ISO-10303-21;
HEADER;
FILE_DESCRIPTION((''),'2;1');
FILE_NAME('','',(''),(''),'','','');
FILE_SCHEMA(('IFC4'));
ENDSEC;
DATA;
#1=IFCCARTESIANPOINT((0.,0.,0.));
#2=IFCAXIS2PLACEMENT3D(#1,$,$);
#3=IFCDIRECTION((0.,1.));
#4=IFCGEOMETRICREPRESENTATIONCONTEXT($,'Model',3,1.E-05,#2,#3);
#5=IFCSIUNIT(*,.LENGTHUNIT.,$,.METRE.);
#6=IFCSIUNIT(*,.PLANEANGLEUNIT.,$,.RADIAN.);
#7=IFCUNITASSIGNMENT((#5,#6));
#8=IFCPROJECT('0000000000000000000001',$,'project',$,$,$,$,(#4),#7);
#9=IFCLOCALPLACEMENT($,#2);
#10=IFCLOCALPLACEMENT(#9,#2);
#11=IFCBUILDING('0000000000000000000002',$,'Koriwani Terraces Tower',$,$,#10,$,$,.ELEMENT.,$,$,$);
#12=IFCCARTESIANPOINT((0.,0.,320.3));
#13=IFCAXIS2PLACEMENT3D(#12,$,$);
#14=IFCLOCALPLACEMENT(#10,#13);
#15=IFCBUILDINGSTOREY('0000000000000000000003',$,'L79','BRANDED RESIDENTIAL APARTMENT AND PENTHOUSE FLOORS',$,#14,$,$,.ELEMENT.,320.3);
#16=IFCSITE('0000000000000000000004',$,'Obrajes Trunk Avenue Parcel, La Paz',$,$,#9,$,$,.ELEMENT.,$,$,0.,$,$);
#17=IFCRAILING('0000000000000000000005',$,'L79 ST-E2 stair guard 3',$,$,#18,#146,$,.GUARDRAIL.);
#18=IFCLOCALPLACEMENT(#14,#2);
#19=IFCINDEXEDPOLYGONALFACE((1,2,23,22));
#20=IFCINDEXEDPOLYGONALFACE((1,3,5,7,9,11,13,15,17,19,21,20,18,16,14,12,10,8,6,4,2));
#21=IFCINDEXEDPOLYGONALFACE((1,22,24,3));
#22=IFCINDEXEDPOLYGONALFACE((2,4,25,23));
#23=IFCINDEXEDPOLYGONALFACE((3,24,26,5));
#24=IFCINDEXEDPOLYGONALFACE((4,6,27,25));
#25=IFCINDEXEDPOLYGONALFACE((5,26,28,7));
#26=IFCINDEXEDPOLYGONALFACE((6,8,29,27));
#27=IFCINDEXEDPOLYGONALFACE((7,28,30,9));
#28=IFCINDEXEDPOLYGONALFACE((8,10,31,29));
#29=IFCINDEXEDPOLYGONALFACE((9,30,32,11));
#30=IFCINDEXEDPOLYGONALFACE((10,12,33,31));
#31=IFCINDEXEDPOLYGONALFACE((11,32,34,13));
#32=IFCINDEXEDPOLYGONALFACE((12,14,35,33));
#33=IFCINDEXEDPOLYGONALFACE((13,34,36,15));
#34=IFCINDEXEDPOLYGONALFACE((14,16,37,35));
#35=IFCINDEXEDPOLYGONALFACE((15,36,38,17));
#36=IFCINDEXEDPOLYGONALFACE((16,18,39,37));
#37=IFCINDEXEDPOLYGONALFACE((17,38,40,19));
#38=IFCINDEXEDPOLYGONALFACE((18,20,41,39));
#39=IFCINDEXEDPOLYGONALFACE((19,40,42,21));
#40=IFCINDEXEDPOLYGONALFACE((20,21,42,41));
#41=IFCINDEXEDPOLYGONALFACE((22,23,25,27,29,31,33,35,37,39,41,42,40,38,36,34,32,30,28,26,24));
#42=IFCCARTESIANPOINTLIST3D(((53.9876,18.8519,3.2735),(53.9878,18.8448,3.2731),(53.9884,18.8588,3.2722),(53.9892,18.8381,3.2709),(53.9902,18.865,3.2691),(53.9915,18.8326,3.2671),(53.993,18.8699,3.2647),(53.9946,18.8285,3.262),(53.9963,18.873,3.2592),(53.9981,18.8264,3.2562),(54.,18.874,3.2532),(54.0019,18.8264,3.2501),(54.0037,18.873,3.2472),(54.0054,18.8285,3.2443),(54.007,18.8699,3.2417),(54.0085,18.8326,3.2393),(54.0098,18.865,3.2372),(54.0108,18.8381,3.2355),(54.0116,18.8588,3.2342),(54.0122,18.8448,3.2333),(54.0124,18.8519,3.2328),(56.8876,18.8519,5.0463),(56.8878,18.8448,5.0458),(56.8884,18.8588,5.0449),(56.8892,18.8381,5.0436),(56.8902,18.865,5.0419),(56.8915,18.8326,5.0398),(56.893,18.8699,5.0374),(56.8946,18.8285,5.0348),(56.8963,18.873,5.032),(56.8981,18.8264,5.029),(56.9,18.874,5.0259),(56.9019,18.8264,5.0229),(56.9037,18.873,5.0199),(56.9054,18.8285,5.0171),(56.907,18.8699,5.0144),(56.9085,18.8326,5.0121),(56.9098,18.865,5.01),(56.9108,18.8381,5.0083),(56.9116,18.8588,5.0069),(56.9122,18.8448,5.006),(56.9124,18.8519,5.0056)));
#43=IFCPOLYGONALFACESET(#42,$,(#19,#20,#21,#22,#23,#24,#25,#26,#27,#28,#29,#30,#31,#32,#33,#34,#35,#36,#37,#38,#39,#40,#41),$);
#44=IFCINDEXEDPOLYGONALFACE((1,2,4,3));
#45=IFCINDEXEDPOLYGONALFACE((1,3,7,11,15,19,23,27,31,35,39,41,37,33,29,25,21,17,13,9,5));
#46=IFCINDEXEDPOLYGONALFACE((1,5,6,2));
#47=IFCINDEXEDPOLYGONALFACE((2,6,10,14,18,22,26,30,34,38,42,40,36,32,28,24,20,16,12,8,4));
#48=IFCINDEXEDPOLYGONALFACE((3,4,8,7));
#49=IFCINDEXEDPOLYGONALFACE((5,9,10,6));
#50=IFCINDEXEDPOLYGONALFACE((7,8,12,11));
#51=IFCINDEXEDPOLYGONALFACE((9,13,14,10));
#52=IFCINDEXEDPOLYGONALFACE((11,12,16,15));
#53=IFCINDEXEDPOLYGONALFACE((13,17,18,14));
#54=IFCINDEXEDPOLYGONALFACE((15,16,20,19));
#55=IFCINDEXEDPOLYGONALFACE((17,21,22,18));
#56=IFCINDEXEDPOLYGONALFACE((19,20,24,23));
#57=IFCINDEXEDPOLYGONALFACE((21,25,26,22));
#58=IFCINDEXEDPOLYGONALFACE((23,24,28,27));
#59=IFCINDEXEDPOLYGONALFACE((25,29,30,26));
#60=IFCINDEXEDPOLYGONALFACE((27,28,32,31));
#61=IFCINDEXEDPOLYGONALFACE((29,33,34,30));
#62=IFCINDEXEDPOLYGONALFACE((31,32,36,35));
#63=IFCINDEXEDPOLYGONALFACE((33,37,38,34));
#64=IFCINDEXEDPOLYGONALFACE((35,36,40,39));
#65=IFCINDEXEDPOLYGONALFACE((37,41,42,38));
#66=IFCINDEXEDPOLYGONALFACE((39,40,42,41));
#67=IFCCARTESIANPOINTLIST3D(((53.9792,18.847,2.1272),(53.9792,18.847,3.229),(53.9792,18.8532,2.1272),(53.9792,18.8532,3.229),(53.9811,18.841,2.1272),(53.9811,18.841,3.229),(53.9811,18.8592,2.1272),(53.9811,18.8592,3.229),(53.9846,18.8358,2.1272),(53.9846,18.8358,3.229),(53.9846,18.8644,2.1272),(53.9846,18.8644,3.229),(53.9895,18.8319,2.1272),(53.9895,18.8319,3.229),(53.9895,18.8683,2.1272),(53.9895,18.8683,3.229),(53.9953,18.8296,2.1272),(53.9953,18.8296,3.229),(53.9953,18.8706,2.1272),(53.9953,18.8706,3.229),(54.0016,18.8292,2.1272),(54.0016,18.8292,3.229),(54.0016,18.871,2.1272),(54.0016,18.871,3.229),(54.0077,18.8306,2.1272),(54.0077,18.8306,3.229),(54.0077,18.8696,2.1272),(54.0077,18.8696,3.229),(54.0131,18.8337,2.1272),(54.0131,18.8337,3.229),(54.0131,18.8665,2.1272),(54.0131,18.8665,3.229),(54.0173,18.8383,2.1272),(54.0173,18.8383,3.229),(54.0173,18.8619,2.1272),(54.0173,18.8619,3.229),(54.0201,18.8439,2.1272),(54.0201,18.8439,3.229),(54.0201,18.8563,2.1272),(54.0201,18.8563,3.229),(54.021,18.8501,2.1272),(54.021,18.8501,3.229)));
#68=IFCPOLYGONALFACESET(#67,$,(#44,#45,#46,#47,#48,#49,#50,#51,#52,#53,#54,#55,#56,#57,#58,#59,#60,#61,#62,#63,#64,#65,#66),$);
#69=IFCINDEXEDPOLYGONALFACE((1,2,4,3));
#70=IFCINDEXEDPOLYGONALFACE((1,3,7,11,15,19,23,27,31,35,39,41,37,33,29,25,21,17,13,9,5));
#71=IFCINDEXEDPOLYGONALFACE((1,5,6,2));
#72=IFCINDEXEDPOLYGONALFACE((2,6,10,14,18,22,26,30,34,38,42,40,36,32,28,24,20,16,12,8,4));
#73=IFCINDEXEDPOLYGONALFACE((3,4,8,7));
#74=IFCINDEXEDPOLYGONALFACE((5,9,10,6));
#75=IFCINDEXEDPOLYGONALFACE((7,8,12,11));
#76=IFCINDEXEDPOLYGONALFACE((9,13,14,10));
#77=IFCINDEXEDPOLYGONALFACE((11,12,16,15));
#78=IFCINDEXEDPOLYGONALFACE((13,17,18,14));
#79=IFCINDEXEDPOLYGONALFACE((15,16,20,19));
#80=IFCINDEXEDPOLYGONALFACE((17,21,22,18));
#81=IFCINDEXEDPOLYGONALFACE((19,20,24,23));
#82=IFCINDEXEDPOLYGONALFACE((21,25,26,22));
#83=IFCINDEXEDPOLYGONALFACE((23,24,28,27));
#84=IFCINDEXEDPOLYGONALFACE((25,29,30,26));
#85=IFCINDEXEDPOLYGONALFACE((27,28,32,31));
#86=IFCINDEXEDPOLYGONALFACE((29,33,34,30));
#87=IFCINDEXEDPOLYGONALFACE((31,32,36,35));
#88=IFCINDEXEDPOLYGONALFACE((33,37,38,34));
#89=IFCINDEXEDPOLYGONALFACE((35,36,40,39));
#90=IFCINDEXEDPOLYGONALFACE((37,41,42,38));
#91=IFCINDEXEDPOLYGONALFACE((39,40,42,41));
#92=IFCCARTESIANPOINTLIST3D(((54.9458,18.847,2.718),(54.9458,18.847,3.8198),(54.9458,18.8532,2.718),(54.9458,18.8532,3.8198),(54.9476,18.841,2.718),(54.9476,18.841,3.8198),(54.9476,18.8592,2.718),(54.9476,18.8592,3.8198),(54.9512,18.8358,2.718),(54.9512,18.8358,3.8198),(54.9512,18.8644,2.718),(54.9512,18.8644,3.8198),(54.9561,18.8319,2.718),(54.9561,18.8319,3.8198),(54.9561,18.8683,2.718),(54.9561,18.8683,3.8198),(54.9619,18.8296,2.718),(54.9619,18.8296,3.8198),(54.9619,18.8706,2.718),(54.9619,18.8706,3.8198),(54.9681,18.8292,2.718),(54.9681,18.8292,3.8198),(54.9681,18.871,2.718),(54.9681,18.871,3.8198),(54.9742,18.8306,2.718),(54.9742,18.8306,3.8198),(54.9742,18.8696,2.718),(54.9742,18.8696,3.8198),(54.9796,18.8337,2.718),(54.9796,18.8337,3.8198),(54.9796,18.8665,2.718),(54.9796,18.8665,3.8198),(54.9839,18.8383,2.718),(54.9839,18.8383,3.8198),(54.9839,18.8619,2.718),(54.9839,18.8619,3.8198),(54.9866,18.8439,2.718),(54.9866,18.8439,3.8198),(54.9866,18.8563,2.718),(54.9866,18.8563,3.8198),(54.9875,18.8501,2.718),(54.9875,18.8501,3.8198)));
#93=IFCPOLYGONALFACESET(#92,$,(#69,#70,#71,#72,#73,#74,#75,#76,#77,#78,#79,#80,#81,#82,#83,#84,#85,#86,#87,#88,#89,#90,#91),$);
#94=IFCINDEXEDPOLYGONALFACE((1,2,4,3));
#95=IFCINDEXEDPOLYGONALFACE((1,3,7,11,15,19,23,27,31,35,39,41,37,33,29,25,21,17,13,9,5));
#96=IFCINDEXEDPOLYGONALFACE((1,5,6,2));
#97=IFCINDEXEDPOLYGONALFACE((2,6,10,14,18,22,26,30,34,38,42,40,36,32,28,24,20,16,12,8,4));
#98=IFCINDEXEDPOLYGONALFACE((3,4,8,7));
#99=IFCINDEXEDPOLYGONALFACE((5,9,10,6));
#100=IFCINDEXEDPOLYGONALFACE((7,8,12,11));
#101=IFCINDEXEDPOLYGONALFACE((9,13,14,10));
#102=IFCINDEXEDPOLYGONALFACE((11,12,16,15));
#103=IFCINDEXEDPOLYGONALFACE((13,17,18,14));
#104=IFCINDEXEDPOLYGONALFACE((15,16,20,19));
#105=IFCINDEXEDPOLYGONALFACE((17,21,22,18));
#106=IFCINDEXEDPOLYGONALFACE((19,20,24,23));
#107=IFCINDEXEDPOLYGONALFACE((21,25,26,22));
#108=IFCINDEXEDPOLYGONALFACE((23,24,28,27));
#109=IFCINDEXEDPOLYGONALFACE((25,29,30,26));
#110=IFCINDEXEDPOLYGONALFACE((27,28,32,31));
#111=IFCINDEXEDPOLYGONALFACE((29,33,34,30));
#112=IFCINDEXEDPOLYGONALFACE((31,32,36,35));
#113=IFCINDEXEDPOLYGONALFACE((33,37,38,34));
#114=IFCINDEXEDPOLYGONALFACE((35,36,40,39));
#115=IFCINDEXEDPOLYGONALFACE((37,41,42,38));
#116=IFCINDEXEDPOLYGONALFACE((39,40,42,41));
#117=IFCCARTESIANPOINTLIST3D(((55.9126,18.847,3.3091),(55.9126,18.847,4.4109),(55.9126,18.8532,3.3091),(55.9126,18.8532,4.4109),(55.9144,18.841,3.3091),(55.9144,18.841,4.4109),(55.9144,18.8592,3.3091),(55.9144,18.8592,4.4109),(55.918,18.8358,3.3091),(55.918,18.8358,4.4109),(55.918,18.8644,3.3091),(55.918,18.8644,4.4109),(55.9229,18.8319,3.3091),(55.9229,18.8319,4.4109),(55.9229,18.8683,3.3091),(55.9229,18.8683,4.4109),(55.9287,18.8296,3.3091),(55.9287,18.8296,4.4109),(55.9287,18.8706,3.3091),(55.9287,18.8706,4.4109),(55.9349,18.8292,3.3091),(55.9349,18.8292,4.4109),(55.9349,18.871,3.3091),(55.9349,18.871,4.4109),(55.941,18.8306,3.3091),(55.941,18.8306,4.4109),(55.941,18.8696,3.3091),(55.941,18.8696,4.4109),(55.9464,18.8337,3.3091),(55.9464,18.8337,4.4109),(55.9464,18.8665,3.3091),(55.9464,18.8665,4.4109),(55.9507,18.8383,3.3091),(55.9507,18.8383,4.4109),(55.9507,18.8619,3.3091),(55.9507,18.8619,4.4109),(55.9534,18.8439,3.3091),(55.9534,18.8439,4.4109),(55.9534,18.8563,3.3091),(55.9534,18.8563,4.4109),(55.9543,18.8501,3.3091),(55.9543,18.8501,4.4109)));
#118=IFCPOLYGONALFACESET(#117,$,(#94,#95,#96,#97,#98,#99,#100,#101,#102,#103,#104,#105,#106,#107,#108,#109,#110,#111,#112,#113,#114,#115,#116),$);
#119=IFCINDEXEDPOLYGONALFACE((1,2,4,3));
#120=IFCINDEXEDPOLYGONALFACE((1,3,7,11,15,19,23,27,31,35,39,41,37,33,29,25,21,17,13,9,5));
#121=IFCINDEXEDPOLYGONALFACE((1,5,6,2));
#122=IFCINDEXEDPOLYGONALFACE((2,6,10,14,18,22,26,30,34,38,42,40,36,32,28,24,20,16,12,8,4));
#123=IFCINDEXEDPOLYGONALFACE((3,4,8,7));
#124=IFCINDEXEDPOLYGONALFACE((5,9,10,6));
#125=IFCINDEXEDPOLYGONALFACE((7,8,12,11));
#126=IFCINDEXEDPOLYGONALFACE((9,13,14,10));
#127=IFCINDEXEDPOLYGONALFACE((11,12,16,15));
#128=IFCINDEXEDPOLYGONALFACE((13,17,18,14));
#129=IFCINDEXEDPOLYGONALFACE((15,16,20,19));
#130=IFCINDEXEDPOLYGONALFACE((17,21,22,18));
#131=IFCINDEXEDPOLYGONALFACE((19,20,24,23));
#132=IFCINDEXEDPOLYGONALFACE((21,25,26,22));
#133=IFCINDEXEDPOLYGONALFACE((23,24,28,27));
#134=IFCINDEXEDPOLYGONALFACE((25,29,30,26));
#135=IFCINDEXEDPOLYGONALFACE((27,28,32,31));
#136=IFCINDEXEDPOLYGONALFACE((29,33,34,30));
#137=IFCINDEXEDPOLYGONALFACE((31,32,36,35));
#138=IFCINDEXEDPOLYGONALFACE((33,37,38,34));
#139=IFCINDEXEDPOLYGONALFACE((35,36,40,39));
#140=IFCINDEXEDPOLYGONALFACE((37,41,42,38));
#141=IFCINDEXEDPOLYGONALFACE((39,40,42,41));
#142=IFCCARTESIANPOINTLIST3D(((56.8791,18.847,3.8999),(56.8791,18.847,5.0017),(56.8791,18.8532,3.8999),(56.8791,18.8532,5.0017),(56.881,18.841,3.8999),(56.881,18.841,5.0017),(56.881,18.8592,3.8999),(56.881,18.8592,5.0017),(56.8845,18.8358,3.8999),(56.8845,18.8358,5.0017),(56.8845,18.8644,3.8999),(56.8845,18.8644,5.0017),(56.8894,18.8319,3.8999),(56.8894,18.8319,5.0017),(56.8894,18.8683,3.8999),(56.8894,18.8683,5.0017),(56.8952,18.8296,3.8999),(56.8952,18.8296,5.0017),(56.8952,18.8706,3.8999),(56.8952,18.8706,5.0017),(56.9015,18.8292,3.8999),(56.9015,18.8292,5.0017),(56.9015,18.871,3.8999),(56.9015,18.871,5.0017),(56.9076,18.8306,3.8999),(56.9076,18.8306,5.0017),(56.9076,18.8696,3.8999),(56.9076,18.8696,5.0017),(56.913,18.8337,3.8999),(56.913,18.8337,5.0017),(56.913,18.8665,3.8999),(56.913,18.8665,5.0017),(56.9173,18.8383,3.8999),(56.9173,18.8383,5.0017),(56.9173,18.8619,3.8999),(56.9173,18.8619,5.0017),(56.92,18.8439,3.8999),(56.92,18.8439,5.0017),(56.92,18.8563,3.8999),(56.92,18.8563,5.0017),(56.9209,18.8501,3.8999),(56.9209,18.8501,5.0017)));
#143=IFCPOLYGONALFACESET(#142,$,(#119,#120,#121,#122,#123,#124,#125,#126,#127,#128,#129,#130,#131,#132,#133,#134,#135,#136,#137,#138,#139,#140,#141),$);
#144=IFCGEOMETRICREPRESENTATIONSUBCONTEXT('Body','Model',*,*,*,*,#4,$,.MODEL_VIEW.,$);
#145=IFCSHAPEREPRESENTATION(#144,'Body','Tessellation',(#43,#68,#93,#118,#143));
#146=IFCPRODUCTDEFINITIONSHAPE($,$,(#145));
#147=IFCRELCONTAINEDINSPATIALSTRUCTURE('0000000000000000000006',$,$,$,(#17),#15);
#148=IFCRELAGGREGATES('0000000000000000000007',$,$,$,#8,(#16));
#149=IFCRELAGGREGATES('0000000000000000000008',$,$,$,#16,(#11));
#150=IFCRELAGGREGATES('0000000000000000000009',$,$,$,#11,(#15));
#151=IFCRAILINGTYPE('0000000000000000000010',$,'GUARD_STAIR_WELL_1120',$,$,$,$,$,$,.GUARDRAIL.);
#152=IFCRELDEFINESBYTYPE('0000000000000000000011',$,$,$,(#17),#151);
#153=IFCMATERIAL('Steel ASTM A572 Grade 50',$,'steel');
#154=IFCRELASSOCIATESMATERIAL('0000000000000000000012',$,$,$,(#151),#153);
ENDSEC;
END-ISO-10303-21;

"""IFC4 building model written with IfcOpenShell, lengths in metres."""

from ifc_helpers import new_model, si_unit, direction, frame, origin, origin_2d, place, context, subcontext, project, spatial, circle, extrude, material, type_object, element, save


model = new_model("IFC4")

# Units and contexts
model_context = context("Model", 3, precision=1e-05, world=origin(), true_north=direction((0.0, 1.0)))
body_context = subcontext(model_context, "Body", "Model", "MODEL_VIEW")
ifc_project = project(units=[si_unit("LENGTHUNIT", "METRE"), si_unit("PLANEANGLEUNIT", "RADIAN")], contexts=[model_context])

# Site, building, storey
site_placement = place(None, origin())
site = spatial("IfcSite", under=ifc_project, at=site_placement, Name="Obrajes Trunk Avenue Parcel, La Paz", CompositionType="ELEMENT", RefElevation=0.0)
building_placement = place(site_placement, origin())
building = spatial("IfcBuilding", under=site, at=building_placement, Name="Koriwani Terraces Tower", CompositionType="ELEMENT")
storey_placement = place(building_placement, frame((0.0, 0.0, 320.3)))
storey = spatial("IfcBuildingStorey", under=building, at=storey_placement, Name="L79", Description="BRANDED RESIDENTIAL APARTMENT AND PENTHOUSE FLOORS", CompositionType="ELEMENT", Elevation=320.3)

# Shared definitions
ifc_material_1 = material(Name="Steel ASTM A572 Grade 50", Category="steel")

# Railing
railing_type_1 = type_object("IfcRailingType", Name="GUARD_STAIR_WELL_1120", PredefinedType="GUARDRAIL", material=ifc_material_1)
railing_1_placement = place(storey_placement, frame((54.0, 18.8501, 2.1272)))
element("IfcRailing", 1, at=railing_1_placement, inside=storey, type_object=railing_type_1, Name="L79 ST-E2 stair guard 3", PredefinedType="GUARDRAIL", context=body_context, shape_type="SweptSolid", body=[
    extrude(circle(Radius=0.0239, at=origin_2d()), frame((0.0, 0.0, 1.126), z_axis=(0.853211, 0.0, 0.521566), x_axis=(0.0, 1.0, 0.0)), (0.0, 0.0, 1.0), 3.3989),
    extrude(circle(Radius=0.021, at=origin_2d()), origin(), (0.0, 0.0, 1.0), 1.1018),
    extrude(circle(Radius=0.021, at=origin_2d()), frame((0.9666, 0.0, 0.5908)), (0.0, 0.0, 1.0), 1.1018),
    extrude(circle(Radius=0.021, at=origin_2d()), frame((1.9333, 0.0, 1.1819)), (0.0, 0.0, 1.0), 1.1018),
    extrude(circle(Radius=0.021, at=origin_2d()), frame((2.8999, 0.0, 1.7727)), (0.0, 0.0, 1.0), 1.1018),
])

save(model, "model.ifc")
